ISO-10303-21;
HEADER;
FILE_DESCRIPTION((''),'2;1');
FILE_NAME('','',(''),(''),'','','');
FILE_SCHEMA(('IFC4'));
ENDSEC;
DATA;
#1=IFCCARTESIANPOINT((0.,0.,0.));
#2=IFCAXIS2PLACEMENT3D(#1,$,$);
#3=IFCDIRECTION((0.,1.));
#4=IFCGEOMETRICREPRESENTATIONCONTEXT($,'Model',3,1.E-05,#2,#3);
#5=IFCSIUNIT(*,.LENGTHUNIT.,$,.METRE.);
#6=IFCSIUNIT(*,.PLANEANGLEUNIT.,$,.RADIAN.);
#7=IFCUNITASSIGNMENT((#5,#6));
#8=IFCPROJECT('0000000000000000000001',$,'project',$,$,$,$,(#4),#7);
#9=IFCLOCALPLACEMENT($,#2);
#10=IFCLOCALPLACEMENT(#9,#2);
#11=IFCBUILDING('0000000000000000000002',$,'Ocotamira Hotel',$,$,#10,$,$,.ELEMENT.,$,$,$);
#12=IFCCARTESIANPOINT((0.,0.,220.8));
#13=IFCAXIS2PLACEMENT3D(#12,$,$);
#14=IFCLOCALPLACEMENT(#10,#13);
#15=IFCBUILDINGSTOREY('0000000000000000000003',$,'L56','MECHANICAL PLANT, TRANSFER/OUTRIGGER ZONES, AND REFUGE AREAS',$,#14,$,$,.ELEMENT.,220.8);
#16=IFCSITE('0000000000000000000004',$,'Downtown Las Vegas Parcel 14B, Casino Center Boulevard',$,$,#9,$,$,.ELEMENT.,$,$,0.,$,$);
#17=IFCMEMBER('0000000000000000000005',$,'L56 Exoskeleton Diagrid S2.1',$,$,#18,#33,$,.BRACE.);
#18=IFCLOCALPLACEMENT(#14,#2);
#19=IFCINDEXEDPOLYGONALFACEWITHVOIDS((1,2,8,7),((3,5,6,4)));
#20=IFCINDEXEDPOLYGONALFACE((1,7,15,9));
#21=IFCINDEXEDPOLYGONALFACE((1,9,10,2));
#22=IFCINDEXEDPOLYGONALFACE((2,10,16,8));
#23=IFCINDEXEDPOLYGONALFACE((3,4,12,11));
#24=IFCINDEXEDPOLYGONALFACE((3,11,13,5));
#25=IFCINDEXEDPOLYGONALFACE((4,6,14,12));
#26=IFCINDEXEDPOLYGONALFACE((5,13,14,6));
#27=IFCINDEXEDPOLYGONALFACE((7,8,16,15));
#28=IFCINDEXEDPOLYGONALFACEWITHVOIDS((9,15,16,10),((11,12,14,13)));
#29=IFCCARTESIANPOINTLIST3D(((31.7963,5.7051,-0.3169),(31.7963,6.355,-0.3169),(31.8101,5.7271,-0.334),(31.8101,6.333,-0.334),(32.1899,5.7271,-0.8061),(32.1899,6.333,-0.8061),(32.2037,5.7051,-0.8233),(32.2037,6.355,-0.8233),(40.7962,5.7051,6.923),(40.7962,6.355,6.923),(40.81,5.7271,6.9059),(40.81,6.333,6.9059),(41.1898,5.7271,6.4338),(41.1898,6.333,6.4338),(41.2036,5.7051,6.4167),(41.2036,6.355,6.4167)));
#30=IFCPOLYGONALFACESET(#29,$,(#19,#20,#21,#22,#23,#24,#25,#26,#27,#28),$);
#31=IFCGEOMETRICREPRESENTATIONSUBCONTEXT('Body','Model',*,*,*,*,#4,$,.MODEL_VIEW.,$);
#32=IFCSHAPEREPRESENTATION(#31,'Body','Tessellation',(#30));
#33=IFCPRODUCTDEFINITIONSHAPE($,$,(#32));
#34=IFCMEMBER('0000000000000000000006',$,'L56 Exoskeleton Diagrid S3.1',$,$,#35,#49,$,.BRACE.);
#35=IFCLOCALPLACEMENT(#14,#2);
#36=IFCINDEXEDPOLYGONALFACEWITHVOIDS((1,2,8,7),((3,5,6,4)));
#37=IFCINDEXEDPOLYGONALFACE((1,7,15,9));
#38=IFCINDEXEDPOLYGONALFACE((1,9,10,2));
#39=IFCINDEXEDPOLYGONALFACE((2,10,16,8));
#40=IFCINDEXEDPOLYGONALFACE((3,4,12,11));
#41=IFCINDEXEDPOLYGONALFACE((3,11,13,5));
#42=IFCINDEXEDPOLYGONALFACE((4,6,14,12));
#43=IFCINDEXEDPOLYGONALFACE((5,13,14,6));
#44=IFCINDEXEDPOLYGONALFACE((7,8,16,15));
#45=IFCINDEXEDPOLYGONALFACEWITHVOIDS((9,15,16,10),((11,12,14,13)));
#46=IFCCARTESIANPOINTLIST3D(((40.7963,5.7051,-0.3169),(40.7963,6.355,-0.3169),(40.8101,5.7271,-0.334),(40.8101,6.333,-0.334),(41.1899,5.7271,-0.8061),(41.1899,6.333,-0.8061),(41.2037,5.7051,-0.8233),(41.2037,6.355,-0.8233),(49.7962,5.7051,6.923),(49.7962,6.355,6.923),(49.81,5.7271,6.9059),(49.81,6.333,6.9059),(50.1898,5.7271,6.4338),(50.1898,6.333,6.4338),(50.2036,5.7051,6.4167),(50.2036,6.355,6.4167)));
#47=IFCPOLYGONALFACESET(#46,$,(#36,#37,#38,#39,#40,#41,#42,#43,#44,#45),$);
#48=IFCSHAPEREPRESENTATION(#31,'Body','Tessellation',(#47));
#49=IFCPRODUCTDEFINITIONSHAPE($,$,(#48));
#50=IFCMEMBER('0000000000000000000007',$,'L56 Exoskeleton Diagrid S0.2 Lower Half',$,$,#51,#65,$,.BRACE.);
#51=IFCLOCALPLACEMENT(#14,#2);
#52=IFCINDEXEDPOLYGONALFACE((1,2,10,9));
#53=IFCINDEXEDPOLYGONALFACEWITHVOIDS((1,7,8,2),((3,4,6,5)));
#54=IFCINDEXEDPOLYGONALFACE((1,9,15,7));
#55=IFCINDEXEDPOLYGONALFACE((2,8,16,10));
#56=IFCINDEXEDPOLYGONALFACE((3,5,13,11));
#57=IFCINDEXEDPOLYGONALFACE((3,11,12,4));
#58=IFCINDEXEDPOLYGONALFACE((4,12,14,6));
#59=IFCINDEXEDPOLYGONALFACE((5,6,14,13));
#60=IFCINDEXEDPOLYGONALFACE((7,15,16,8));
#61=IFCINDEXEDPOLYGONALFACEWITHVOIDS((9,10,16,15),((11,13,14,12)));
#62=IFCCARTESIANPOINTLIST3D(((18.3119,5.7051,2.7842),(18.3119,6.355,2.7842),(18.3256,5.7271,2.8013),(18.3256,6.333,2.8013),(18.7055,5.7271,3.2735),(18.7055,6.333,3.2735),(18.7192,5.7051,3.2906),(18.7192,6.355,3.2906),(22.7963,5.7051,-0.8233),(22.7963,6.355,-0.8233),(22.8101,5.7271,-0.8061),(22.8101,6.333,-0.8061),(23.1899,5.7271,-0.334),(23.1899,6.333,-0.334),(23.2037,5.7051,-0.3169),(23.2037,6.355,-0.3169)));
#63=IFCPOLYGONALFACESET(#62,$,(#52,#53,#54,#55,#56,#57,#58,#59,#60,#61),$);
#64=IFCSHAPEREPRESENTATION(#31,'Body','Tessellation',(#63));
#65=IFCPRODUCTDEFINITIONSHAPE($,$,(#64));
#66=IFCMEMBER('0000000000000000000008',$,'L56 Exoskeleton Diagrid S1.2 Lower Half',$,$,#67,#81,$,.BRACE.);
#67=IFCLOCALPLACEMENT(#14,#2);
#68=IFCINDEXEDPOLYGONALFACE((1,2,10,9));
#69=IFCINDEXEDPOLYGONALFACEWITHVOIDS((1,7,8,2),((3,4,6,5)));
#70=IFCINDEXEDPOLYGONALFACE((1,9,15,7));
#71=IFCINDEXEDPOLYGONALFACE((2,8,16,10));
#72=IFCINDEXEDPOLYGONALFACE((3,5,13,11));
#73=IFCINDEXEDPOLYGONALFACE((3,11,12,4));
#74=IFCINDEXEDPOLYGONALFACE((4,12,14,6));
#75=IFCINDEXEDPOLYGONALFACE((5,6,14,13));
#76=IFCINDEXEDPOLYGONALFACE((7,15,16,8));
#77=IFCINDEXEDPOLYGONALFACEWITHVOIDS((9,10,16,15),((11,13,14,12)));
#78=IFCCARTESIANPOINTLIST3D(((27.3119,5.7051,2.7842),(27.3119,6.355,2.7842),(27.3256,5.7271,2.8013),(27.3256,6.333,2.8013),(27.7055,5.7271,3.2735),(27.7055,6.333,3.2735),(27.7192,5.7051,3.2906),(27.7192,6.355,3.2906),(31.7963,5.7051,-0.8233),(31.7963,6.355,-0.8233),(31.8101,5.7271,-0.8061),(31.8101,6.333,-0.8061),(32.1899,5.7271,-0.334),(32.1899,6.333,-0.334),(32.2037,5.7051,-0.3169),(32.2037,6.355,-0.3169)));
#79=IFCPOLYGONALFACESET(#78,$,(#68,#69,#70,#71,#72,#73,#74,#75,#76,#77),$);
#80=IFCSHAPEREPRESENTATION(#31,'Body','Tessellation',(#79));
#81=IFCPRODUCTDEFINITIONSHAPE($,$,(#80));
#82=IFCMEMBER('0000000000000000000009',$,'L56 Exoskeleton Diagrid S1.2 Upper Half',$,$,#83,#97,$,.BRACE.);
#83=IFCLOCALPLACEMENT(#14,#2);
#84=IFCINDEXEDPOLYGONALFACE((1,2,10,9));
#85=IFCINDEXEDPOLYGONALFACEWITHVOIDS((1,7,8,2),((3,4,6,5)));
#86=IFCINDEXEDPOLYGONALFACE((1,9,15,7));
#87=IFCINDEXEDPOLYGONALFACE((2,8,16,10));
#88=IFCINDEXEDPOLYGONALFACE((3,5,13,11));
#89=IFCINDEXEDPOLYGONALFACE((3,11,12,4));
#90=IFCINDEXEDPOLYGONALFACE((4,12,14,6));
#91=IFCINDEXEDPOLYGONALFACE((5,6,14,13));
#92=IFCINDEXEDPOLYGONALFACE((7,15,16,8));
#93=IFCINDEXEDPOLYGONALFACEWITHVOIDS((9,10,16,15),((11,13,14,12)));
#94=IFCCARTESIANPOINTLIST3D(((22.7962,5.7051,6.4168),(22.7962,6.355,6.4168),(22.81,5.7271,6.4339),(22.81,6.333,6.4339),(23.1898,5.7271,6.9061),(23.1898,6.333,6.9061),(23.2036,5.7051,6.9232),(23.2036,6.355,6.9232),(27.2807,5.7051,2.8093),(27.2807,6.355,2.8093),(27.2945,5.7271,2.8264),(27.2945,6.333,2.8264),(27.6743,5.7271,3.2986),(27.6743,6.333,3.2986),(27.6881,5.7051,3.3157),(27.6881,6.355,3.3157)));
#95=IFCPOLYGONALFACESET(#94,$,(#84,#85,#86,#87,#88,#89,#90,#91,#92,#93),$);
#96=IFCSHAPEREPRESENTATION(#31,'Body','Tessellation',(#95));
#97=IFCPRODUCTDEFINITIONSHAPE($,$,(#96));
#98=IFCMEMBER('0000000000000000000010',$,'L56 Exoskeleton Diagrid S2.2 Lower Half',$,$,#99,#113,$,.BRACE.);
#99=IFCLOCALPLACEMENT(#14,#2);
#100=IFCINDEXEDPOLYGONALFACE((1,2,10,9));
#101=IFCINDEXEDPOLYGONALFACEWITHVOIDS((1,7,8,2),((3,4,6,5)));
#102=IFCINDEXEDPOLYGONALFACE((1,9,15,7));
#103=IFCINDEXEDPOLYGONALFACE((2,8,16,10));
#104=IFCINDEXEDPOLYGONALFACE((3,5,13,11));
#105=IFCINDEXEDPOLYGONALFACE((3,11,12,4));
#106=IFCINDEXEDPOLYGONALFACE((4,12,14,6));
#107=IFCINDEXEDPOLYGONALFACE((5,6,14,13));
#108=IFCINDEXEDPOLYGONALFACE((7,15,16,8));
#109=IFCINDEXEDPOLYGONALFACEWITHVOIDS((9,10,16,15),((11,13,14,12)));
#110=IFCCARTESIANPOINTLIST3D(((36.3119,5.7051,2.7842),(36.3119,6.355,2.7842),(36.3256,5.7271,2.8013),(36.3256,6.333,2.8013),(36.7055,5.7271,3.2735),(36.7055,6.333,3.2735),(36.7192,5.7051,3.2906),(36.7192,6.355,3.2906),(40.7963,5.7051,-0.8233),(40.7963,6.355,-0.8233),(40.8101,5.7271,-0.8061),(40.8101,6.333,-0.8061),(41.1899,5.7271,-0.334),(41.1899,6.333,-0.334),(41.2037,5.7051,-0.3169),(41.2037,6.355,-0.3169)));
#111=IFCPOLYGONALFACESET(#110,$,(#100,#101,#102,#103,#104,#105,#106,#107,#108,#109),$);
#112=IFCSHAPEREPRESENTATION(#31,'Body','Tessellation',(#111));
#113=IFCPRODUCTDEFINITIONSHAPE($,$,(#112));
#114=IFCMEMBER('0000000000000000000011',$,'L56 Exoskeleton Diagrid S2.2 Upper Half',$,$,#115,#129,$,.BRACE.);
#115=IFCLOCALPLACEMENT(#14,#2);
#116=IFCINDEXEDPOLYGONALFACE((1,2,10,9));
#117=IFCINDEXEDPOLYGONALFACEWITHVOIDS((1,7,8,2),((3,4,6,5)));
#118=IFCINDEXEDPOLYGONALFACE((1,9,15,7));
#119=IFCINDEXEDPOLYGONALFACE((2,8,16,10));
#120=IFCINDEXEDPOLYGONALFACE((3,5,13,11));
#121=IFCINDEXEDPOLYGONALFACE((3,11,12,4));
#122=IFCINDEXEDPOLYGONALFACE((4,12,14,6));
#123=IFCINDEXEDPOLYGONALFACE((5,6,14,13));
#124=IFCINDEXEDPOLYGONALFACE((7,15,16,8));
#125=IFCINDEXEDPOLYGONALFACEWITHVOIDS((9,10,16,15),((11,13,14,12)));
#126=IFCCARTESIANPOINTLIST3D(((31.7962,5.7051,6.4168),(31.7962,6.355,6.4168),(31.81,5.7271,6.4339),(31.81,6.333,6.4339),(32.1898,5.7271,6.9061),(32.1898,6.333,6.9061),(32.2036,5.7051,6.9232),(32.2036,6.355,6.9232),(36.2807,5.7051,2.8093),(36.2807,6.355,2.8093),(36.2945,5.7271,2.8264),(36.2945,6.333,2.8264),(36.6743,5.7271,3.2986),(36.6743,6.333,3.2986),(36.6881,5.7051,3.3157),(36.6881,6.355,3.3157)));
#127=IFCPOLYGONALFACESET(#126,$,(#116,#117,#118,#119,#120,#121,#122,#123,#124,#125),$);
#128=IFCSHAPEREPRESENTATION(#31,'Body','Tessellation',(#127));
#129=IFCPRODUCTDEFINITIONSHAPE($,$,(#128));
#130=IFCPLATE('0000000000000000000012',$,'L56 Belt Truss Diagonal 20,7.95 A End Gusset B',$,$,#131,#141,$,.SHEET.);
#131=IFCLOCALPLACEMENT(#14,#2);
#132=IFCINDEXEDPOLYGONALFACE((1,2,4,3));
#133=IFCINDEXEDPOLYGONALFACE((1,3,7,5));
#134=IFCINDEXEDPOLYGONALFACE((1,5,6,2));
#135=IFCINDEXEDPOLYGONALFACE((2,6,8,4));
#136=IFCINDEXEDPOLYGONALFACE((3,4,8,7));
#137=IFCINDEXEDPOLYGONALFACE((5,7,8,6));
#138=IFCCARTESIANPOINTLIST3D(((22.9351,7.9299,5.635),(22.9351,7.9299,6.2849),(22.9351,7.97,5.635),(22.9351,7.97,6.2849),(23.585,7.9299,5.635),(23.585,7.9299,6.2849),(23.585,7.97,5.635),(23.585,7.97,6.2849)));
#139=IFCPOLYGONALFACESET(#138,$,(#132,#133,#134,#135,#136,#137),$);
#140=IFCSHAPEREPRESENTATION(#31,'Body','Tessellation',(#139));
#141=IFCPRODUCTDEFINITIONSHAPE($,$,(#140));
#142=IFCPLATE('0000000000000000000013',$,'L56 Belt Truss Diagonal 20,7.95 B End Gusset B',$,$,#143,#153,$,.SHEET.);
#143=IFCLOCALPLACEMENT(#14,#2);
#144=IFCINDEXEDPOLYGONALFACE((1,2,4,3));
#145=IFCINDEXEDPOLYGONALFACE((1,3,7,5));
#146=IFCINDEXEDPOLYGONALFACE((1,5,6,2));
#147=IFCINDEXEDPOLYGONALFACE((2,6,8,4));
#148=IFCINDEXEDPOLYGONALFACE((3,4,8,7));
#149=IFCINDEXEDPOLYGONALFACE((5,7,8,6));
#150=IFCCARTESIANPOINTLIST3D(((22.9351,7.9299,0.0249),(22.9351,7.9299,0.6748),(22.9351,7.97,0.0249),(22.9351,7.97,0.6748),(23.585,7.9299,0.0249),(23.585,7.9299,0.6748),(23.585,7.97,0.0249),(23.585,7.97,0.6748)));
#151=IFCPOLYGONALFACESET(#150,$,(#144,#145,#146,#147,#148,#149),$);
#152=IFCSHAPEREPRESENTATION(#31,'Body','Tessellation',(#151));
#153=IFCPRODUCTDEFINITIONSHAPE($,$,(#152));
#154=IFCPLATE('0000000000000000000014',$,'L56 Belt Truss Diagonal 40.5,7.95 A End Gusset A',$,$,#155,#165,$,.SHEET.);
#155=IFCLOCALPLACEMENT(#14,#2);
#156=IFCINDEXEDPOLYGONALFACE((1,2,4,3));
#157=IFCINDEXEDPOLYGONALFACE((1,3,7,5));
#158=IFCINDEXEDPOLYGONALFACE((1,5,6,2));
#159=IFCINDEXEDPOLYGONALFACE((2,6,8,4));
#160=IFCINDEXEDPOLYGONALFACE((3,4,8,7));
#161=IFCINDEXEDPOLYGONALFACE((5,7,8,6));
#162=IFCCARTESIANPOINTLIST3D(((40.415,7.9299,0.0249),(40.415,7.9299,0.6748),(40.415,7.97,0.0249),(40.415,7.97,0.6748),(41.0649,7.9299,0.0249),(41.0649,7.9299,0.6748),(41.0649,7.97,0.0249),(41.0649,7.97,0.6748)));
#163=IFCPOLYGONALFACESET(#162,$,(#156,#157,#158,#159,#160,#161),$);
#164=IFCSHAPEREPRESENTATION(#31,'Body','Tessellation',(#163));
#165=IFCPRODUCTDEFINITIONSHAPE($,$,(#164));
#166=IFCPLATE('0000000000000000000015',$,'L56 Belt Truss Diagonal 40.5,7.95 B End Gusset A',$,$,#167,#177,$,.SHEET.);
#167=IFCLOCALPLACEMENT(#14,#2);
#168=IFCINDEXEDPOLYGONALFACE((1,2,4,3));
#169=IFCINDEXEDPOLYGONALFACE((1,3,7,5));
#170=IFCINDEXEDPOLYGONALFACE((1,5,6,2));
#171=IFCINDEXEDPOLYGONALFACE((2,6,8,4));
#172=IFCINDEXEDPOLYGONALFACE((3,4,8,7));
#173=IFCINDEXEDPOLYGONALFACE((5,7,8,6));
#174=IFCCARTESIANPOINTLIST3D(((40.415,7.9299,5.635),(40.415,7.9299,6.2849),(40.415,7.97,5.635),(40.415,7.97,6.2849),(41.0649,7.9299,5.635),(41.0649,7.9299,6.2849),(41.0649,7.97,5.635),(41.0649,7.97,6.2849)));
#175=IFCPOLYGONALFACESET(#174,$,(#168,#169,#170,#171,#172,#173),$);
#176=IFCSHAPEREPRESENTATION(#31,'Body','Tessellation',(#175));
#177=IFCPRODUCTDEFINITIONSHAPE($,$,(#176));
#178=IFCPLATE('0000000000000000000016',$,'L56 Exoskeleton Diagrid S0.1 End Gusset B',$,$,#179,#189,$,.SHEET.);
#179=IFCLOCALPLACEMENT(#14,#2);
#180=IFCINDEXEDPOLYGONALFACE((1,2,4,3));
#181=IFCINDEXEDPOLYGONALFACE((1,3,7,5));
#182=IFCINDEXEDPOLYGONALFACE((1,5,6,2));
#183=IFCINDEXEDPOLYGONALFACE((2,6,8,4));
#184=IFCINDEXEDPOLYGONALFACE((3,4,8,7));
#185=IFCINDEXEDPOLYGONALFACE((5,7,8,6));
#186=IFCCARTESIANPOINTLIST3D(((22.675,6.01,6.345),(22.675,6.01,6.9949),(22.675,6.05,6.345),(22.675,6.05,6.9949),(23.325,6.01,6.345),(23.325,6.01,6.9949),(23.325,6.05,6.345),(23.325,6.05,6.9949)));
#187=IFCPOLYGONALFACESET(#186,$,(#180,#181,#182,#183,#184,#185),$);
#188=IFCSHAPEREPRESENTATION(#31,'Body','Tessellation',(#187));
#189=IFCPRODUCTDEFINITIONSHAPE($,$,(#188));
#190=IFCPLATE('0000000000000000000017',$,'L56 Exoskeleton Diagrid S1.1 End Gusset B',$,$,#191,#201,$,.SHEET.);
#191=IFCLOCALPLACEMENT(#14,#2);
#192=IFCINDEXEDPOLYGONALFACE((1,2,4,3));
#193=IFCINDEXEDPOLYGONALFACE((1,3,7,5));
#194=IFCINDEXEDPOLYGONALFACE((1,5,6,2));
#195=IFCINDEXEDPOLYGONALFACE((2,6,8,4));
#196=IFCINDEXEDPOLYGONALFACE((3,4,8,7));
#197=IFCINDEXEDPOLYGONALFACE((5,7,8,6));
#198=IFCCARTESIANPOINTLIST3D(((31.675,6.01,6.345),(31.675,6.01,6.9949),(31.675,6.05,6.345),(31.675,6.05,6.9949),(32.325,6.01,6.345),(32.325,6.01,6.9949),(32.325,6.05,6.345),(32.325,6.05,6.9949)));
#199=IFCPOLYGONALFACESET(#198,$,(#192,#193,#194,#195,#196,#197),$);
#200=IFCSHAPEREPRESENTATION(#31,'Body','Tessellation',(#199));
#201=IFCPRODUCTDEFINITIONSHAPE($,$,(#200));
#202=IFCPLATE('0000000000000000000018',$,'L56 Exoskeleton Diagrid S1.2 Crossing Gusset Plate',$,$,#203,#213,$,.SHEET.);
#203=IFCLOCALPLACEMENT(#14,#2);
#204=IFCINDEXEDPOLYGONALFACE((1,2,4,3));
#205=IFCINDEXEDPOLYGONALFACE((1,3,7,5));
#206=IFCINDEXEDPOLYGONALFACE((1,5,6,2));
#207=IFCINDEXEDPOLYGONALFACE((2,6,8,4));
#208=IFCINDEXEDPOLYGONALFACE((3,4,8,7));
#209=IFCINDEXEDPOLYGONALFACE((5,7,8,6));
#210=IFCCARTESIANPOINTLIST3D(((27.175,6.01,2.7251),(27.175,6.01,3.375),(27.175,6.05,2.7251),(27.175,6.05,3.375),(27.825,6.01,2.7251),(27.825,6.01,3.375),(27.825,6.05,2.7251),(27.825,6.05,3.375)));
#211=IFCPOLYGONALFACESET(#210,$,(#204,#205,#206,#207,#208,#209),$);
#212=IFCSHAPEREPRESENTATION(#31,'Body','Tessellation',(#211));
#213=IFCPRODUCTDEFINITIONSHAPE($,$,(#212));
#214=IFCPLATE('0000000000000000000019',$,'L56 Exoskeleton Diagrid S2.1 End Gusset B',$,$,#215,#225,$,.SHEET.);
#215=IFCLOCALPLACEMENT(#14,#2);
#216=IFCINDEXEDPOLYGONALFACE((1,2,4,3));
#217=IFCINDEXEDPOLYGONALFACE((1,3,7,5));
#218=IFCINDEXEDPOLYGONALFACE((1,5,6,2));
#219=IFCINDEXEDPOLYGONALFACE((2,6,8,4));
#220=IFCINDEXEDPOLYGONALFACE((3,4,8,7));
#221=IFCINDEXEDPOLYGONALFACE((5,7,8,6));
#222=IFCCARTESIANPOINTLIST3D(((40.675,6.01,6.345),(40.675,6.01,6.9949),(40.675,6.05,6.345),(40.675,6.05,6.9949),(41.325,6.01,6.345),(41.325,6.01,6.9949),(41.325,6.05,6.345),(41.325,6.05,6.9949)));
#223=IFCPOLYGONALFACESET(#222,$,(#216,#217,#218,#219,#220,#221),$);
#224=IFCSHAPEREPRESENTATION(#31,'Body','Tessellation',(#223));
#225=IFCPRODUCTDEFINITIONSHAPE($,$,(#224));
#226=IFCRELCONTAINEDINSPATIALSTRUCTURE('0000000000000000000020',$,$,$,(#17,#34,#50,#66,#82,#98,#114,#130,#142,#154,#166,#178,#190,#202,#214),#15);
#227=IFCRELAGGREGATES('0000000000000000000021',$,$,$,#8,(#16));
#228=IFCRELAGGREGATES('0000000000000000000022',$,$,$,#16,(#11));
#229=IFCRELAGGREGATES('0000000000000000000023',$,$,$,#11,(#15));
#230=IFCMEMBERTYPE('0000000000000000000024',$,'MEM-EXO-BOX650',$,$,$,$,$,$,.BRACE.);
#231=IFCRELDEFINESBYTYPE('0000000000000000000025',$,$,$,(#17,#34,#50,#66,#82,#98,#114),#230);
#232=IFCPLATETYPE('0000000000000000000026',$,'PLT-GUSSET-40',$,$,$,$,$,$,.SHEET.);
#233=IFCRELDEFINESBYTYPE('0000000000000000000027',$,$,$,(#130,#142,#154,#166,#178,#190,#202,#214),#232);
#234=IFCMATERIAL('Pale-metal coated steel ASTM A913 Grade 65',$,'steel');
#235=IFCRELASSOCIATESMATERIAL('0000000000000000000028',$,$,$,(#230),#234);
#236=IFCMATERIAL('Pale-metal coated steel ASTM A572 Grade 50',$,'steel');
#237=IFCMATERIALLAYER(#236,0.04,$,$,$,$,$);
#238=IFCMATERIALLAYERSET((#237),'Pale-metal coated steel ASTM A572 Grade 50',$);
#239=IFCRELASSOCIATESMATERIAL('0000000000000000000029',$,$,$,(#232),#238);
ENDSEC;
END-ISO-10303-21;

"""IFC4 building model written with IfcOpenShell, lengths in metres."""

from ifc_helpers import new_model, si_unit, direction, frame, origin, origin_2d, place, context, subcontext, project, spatial, rectangle, hollow_rectangle, extrude, source, transform, mapped, material, layer, layer_set, material_profile, profile_set, type_object, element, save


model = new_model("IFC4")

# Units and contexts
model_context = context("Model", 3, precision=1e-05, world=origin(), true_north=direction((0.0, 1.0)))
body_context = subcontext(model_context, "Body", "Model", "MODEL_VIEW")
ifc_project = project(units=[si_unit("LENGTHUNIT", "METRE"), si_unit("PLANEANGLEUNIT", "RADIAN")], contexts=[model_context])

# Site, building, storey
site_placement = place(None, origin())
site = spatial("IfcSite", under=ifc_project, at=site_placement, Name="Downtown Las Vegas Parcel 14B, Casino Center Boulevard", CompositionType="ELEMENT", RefElevation=0.0)
building_placement = place(site_placement, origin())
building = spatial("IfcBuilding", under=site, at=building_placement, Name="Ocotamira Hotel", CompositionType="ELEMENT")
storey_placement = place(building_placement, frame((0.0, 0.0, 220.8)))
storey = spatial("IfcBuildingStorey", under=building, at=storey_placement, Name="L56", Description="MECHANICAL PLANT, TRANSFER/OUTRIGGER ZONES, AND REFUGE AREAS", CompositionType="ELEMENT", Elevation=220.8)

# Members
ifc_material_1 = material(Name="Pale-metal coated steel ASTM A913 Grade 65", Category="steel")
ifc_material_profile_1 = material_profile(ifc_material_1, hollow_rectangle(XDim=0.6499, YDim=0.6499, WallThickness=0.022, at=origin_2d()), Name="BOX650X650X22")
ifc_profile_set_1 = profile_set([ifc_material_profile_1], Name="Pale-metal coated steel ASTM A913 Grade 65")
member_type_1 = type_object("IfcMemberType", Name="MEM-EXO-BOX650", PredefinedType="BRACE", material=ifc_profile_set_1)
shared_shape_1 = source(origin(), body_context, "Body", "SweptSolid", [
    extrude(hollow_rectangle(XDim=0.6499, YDim=0.6499, WallThickness=0.022, at=origin_2d()), origin(), (0.0, 0.0, 1.0), 11.5505),
])
for number, where, z_axis, x_axis, name in (
    (1, (32.0, 6.03, -0.5701), (0.779177, 0.0, 0.626804), (0.0, 1.0, 0.0), "L56 Exoskeleton Diagrid S2.1"),
    (2, (41.0, 6.03, -0.5701), (0.779177, 0.0, 0.626804), (0.0, 1.0, 0.0), "L56 Exoskeleton Diagrid S3.1"),
):
    element("IfcMember", number, at=place(storey_placement, frame(where, z_axis=z_axis, x_axis=x_axis)), inside=storey, type_object=member_type_1, Name=name, PredefinedType="BRACE", context=body_context, shape_type="MappedRepresentation", body=[
        mapped(shared_shape_1, transform((0.0, 0.0, 0.0), scale=1.0)),
    ])
shared_shape_2 = source(origin(), body_context, "Body", "SweptSolid", [
    extrude(hollow_rectangle(XDim=0.6499, YDim=0.6499, WallThickness=0.022, at=origin_2d()), origin(), (0.0, 0.0, 1.0), 5.7554),
])
for number, where, z_axis, x_axis, name in (
    (3, (23.0, 6.03, -0.5701), (-0.779177, 0.0, 0.626803), (0.0, -1.0, 0.0), "L56 Exoskeleton Diagrid S0.2 Lower Half"),
    (4, (32.0, 6.03, -0.5701), (-0.779177, 0.0, 0.626803), (0.0, -1.0, 0.0), "L56 Exoskeleton Diagrid S1.2 Lower Half"),
    (5, (27.4844, 6.03, 3.0625), (-0.779177, 0.0, 0.626803), (0.0, -1.0, 0.0), "L56 Exoskeleton Diagrid S1.2 Upper Half"),
    (6, (41.0, 6.03, -0.5701), (-0.779177, 0.0, 0.626803), (0.0, -1.0, 0.0), "L56 Exoskeleton Diagrid S2.2 Lower Half"),
    (7, (36.4844, 6.03, 3.0625), (-0.779177, 0.0, 0.626803), (0.0, -1.0, 0.0), "L56 Exoskeleton Diagrid S2.2 Upper Half"),
):
    element("IfcMember", number, at=place(storey_placement, frame(where, z_axis=z_axis, x_axis=x_axis)), inside=storey, type_object=member_type_1, Name=name, PredefinedType="BRACE", context=body_context, shape_type="MappedRepresentation", body=[
        mapped(shared_shape_2, transform((0.0, 0.0, 0.0), scale=1.0)),
    ])

# Plates
ifc_material_2 = material(Name="Pale-metal coated steel ASTM A572 Grade 50", Category="steel")
ifc_layer = layer(ifc_material_2, 0.04)
ifc_layer_set = layer_set([ifc_layer], Name="Pale-metal coated steel ASTM A572 Grade 50")
plate_type = type_object("IfcPlateType", Name="PLT-GUSSET-40", PredefinedType="SHEET", material=ifc_layer_set)
shared_shape_3 = source(origin(), body_context, "Body", "SweptSolid", [
    extrude(rectangle(XDim=0.6499, YDim=0.04, at=origin_2d()), origin(), (0.0, 0.0, 1.0), 0.6499),
])
for number, where, z_axis, x_axis, name in (
    (8, (23.26, 7.95, 5.635), (0.0, 0.0, 1.0), (1.0, 0.0, 0.0), "L56 Belt Truss Diagonal 20,7.95 A End Gusset B"),
    (9, (23.26, 7.95, 0.0249), (0.0, 0.0, 1.0), (1.0, 0.0, 0.0), "L56 Belt Truss Diagonal 20,7.95 B End Gusset B"),
    (10, (40.74, 7.95, 0.0249), (0.0, 0.0, 1.0), (1.0, 0.0, 0.0), "L56 Belt Truss Diagonal 40.5,7.95 A End Gusset A"),
    (11, (40.74, 7.95, 5.635), (0.0, 0.0, 1.0), (1.0, 0.0, 0.0), "L56 Belt Truss Diagonal 40.5,7.95 B End Gusset A"),
    (12, (23.0, 6.03, 6.345), (0.0, 0.0, 1.0), (1.0, 0.0, 0.0), "L56 Exoskeleton Diagrid S0.1 End Gusset B"),
    (13, (32.0, 6.03, 6.345), (0.0, 0.0, 1.0), (1.0, 0.0, 0.0), "L56 Exoskeleton Diagrid S1.1 End Gusset B"),
    (14, (27.5, 6.03, 2.7251), (0.0, 0.0, 1.0), (-1.0, 0.0, 0.0), "L56 Exoskeleton Diagrid S1.2 Crossing Gusset Plate"),
    (15, (41.0, 6.03, 6.345), (0.0, 0.0, 1.0), (1.0, 0.0, 0.0), "L56 Exoskeleton Diagrid S2.1 End Gusset B"),
):
    element("IfcPlate", number, at=place(storey_placement, frame(where, z_axis=z_axis, x_axis=x_axis)), inside=storey, type_object=plate_type, Name=name, PredefinedType="SHEET", context=body_context, shape_type="MappedRepresentation", body=[
        mapped(shared_shape_3, transform((0.0, 0.0, 0.0), scale=1.0)),
    ])

save(model, "model.ifc")
